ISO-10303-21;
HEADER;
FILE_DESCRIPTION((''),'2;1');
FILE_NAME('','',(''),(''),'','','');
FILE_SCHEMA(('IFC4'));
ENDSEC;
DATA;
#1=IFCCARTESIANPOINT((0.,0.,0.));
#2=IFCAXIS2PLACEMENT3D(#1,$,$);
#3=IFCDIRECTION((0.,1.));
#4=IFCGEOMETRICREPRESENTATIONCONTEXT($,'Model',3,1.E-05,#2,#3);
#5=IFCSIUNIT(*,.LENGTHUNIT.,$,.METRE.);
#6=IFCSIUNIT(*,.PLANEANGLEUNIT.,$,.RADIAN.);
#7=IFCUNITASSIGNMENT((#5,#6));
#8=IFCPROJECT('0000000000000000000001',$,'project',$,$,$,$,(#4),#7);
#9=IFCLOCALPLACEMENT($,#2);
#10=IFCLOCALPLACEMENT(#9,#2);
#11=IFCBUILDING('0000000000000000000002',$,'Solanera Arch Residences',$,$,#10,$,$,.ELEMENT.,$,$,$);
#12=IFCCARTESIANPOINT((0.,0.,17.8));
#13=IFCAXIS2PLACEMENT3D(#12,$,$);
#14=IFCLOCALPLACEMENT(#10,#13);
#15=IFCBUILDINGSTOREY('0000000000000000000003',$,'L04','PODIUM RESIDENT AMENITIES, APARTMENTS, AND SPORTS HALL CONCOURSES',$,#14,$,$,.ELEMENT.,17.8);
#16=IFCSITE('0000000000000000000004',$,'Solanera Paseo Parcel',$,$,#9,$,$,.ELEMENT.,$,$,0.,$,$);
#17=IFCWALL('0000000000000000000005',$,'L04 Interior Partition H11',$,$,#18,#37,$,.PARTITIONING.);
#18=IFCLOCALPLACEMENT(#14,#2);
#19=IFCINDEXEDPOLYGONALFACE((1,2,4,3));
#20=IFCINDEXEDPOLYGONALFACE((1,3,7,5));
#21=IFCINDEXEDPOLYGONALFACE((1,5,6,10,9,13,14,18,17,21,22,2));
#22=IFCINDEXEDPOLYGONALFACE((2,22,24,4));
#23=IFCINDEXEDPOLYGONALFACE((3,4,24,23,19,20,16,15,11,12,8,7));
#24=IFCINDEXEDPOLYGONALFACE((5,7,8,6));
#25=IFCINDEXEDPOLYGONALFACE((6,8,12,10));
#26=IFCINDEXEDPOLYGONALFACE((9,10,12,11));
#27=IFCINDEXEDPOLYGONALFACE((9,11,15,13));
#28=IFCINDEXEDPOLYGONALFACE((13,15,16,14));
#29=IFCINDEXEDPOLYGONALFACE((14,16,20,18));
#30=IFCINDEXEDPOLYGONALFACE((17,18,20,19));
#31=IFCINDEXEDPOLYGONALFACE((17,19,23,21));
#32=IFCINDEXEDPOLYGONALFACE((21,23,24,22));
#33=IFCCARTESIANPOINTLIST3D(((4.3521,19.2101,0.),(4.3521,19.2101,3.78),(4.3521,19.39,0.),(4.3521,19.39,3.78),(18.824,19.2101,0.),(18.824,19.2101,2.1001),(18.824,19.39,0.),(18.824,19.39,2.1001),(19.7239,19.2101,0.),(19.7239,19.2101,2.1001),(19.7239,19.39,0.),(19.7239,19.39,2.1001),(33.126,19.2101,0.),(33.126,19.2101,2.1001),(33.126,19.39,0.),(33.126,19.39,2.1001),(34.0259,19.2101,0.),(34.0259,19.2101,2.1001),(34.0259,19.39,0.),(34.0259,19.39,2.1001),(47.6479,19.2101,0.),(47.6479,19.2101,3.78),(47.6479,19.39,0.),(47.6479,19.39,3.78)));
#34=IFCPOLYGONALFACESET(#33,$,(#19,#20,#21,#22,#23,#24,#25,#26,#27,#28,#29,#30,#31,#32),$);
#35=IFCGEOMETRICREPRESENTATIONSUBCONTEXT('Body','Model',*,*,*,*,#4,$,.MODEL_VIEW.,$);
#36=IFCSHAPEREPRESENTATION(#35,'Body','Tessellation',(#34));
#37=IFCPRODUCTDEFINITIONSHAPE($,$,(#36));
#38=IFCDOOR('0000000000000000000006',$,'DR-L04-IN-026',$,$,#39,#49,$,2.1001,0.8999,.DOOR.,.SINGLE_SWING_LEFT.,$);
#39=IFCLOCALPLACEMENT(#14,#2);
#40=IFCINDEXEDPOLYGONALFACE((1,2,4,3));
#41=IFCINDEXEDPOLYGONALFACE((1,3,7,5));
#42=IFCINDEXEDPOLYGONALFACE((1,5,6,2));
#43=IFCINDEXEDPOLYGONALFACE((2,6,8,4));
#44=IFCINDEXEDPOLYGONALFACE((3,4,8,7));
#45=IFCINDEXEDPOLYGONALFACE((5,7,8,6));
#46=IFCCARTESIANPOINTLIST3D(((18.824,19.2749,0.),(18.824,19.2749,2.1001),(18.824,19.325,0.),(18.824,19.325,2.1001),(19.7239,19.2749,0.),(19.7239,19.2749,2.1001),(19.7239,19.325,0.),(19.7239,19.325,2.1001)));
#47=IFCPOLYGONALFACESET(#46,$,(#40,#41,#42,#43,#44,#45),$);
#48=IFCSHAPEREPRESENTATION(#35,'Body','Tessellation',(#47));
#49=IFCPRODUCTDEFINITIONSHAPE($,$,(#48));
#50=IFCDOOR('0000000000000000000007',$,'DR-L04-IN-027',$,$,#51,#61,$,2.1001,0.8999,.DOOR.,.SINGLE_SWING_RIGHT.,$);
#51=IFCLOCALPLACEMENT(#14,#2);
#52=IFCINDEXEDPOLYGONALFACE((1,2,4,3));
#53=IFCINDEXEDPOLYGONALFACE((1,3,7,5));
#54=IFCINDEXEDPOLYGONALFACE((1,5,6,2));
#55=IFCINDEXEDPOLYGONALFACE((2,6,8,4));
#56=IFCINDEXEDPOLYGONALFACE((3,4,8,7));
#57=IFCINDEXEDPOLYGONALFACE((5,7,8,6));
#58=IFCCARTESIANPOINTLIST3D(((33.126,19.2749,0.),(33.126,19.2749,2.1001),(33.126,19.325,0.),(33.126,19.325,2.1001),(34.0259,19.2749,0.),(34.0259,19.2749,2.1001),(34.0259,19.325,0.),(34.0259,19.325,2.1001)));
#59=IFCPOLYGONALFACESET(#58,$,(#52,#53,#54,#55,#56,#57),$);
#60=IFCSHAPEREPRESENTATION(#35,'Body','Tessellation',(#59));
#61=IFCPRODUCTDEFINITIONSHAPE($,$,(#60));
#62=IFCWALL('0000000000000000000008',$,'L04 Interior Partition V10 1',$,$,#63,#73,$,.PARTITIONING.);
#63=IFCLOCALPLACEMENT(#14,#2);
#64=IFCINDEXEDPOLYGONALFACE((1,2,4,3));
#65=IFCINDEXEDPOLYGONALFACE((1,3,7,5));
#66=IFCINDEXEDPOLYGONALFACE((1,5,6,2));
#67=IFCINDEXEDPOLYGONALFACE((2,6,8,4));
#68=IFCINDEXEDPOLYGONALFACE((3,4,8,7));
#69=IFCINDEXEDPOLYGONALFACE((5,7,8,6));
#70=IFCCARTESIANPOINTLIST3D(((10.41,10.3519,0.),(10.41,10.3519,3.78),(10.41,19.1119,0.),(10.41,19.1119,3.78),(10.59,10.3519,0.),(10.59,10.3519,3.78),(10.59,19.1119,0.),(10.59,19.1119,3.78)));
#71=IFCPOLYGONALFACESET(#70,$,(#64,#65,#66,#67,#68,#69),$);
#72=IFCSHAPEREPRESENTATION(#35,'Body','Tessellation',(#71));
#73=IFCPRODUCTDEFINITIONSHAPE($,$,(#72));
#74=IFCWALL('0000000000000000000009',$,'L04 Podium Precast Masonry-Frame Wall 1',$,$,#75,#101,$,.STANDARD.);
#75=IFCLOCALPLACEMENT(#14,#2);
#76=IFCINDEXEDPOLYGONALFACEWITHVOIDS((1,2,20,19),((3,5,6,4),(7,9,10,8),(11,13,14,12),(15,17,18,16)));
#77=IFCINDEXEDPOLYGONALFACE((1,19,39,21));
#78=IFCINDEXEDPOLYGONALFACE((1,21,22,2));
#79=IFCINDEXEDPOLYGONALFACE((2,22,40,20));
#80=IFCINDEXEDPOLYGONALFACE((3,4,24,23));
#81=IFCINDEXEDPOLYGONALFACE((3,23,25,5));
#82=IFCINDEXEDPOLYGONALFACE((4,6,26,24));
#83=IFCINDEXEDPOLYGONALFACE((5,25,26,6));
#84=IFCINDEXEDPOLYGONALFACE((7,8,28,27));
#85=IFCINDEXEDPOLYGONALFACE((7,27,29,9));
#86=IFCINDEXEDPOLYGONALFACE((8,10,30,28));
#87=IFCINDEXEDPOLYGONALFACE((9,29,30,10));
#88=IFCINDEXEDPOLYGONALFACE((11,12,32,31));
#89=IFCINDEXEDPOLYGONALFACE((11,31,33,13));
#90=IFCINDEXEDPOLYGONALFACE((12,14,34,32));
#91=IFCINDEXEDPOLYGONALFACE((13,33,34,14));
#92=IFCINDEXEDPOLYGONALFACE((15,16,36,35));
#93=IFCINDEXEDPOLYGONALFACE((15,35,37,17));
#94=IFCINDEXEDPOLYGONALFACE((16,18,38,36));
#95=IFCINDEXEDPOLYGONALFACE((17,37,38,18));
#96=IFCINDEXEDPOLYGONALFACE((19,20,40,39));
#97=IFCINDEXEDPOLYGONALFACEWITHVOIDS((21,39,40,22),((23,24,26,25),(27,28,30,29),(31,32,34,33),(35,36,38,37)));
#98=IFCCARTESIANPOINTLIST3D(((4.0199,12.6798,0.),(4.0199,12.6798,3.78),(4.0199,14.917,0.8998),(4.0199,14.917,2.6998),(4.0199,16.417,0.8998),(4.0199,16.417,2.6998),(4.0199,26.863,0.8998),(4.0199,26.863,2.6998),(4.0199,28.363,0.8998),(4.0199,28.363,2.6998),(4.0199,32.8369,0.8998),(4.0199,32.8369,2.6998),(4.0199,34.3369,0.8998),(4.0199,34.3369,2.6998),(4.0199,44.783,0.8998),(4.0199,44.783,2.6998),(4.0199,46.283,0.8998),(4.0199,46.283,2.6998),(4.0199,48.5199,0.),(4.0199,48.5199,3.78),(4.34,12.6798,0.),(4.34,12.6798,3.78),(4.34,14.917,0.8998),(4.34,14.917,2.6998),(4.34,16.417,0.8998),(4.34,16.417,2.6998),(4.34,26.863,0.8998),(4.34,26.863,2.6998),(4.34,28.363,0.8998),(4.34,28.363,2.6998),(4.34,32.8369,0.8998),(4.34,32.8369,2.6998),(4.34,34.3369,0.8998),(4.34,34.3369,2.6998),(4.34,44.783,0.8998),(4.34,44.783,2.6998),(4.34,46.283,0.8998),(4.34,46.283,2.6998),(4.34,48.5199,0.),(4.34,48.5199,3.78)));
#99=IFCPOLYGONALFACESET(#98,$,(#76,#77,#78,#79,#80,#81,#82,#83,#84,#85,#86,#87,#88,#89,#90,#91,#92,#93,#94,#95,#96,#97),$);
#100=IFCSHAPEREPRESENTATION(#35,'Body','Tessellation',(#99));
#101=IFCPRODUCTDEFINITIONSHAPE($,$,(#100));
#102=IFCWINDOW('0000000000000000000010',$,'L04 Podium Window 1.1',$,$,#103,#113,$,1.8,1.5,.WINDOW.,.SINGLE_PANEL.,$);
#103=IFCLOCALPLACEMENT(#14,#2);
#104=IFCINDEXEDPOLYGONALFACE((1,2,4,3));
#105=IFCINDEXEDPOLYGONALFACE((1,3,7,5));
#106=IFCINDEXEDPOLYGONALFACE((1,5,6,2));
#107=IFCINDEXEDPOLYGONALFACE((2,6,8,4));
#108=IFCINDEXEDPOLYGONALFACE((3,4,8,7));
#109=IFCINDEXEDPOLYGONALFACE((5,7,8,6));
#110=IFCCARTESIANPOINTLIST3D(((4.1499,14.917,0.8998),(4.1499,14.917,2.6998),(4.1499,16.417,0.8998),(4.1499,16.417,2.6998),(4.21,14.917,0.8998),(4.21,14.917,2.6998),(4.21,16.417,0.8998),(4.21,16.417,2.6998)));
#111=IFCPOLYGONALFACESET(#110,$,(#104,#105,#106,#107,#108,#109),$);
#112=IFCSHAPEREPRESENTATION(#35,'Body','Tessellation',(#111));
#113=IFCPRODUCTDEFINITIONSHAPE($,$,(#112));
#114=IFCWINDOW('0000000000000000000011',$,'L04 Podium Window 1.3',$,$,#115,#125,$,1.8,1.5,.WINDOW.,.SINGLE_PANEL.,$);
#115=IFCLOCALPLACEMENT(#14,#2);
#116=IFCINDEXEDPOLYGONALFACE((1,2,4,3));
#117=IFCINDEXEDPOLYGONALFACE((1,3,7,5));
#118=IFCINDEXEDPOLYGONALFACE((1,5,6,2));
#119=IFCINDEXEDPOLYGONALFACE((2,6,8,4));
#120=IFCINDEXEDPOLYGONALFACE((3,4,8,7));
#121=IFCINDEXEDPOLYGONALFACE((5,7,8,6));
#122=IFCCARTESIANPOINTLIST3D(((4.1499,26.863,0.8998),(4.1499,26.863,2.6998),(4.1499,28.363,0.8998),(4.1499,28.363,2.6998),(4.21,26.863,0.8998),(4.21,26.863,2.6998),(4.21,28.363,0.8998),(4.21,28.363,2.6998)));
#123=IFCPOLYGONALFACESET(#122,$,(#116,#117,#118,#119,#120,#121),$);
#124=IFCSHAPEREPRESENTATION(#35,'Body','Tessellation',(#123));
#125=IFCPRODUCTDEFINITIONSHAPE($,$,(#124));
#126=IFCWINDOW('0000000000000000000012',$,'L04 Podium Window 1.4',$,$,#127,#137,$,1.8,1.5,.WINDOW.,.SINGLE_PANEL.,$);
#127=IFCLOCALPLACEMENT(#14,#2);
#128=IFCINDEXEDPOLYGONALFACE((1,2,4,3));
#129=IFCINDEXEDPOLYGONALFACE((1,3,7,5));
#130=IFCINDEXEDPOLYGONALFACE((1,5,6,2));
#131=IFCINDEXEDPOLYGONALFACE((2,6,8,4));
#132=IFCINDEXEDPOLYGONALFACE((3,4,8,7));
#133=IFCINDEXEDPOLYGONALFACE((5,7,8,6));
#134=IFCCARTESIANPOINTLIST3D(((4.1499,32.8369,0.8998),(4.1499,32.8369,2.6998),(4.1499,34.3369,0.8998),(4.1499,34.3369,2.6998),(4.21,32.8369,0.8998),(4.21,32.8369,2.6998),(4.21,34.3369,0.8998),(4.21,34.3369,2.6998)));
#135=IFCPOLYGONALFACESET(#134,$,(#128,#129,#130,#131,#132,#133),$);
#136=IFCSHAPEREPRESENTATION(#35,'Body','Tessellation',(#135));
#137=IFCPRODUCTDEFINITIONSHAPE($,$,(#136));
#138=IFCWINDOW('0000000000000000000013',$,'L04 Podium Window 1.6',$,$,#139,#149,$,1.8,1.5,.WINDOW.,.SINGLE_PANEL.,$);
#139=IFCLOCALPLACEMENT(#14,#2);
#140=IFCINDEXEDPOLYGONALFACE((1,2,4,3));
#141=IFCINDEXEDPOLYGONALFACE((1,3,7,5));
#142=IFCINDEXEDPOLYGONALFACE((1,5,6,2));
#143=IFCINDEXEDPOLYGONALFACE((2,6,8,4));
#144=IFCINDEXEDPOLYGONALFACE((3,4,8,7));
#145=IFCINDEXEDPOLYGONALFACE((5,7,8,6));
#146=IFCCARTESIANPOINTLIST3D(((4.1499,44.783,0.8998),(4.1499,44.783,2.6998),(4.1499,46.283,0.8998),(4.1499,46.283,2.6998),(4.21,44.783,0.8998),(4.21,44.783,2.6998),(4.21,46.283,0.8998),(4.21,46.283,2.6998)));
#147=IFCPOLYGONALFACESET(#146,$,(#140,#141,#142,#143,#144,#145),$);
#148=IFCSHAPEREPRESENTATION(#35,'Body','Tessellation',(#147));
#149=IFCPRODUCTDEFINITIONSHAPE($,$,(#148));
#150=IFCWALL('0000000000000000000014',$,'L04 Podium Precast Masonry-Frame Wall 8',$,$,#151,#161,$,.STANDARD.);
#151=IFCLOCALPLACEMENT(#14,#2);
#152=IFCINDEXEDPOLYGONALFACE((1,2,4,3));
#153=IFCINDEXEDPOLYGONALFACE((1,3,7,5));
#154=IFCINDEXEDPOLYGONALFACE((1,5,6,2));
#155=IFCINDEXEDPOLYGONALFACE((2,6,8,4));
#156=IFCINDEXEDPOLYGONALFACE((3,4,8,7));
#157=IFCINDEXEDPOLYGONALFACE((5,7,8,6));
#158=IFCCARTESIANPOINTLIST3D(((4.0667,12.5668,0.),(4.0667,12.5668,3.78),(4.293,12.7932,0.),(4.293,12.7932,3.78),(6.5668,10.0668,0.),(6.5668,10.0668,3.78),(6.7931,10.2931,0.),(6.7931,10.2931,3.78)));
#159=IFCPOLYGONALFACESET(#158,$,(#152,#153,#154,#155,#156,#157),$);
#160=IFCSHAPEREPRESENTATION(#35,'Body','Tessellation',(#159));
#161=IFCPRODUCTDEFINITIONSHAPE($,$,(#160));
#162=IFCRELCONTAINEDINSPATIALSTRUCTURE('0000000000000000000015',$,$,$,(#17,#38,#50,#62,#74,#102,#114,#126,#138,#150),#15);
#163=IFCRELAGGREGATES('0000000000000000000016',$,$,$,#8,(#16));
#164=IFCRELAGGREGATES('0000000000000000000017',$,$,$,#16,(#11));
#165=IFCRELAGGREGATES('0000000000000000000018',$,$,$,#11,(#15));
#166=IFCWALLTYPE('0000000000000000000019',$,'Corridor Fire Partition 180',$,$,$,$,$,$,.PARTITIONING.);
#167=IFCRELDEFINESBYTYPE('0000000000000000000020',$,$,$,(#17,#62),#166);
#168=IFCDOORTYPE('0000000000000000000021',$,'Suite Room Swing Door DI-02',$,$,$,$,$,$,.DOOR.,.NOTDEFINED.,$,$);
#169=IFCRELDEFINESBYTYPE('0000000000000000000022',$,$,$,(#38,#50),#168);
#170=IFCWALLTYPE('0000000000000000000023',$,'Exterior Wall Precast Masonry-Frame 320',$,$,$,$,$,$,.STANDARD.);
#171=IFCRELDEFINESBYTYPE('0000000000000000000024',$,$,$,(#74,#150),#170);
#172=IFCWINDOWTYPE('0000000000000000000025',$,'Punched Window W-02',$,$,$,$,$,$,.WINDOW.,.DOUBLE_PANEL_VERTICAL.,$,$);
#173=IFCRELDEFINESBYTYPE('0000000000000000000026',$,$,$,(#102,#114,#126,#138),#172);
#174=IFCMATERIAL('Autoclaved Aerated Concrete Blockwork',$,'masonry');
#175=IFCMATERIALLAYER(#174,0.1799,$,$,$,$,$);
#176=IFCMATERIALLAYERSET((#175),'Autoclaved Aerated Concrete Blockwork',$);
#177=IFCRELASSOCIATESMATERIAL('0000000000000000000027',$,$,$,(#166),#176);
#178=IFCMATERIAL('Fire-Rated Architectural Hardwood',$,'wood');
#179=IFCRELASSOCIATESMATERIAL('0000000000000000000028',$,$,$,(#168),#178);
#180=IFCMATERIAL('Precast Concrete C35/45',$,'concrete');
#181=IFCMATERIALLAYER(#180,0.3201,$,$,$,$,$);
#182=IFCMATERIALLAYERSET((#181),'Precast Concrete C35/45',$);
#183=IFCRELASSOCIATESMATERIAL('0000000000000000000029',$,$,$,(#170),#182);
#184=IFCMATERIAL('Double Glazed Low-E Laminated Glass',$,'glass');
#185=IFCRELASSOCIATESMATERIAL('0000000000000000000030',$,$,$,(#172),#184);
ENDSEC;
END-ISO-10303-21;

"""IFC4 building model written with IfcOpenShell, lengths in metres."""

from ifc_helpers import new_model, si_unit, direction, frame, frame_2d, origin, place, context, subcontext, project, spatial, rectangle, extrude, material, layer, layer_set, type_object, element, fill, save


model = new_model("IFC4")

# Units and contexts
model_context = context("Model", 3, precision=1e-05, world=origin(), true_north=direction((0.0, 1.0)))
body_context = subcontext(model_context, "Body", "Model", "MODEL_VIEW")
ifc_project = project(units=[si_unit("LENGTHUNIT", "METRE"), si_unit("PLANEANGLEUNIT", "RADIAN")], contexts=[model_context])

# Site, building, storey
site_placement = place(None, origin())
site = spatial("IfcSite", under=ifc_project, at=site_placement, Name="Solanera Paseo Parcel", CompositionType="ELEMENT", RefElevation=0.0)
building_placement = place(site_placement, origin())
building = spatial("IfcBuilding", under=site, at=building_placement, Name="Solanera Arch Residences", CompositionType="ELEMENT")
storey_placement = place(building_placement, frame((0.0, 0.0, 17.8)))
storey = spatial("IfcBuildingStorey", under=building, at=storey_placement, Name="L04", Description="PODIUM RESIDENT AMENITIES, APARTMENTS, AND SPORTS HALL CONCOURSES", CompositionType="ELEMENT", Elevation=17.8)

# Wall, openings, doors
ifc_material_1 = material(Name="Autoclaved Aerated Concrete Blockwork", Category="masonry")
ifc_layer_1 = layer(ifc_material_1, 0.1799)
ifc_layer_set_1 = layer_set([ifc_layer_1], Name="Autoclaved Aerated Concrete Blockwork")
wall_type_1 = type_object("IfcWallType", Name="Corridor Fire Partition 180", PredefinedType="PARTITIONING", material=ifc_layer_set_1)
wall_1_placement = place(storey_placement, frame((4.3521, 19.3, 0.0), z_axis=(0.0, 0.0, 1.0), x_axis=(1.0, 0.0, 0.0)))
wall_1 = element("IfcWall", 1, at=wall_1_placement, inside=storey, type_object=wall_type_1, Name="L04 Interior Partition H11", PredefinedType="PARTITIONING", context=body_context, shape_type="SweptSolid", body=[
    extrude(rectangle(XDim=43.2959, YDim=0.1799, at=frame_2d((21.6479, 0.0))), origin(), (0.0, 0.0, 1.0), 3.78),
])
opening_1_placement = place(wall_1_placement, frame((14.4719, 0.0, 0.0)))
opening_1 = element("IfcOpeningElement", 2, at=opening_1_placement, cuts=wall_1, PredefinedType="OPENING", context=body_context, shape_type="SweptSolid", body=[
    extrude(rectangle(XDim=0.8999, YDim=2.1001, at=frame_2d((0.45, 1.05))), frame((0.0, 0.1001, 0.0), z_axis=(0.0, -1.0, 0.0), x_axis=(1.0, 0.0, 0.0)), (0.0, 0.0, 1.0), 0.1999),
])
opening_2_placement = place(wall_1_placement, frame((28.7739, 0.0, 0.0)))
opening_2 = element("IfcOpeningElement", 3, at=opening_2_placement, cuts=wall_1, PredefinedType="OPENING", context=body_context, shape_type="SweptSolid", body=[
    extrude(rectangle(XDim=0.8999, YDim=2.1001, at=frame_2d((0.45, 1.05))), frame((0.0, 0.1001, 0.0), z_axis=(0.0, -1.0, 0.0), x_axis=(1.0, 0.0, 0.0)), (0.0, 0.0, 1.0), 0.1999),
])
ifc_material_2 = material(Name="Fire-Rated Architectural Hardwood", Category="wood")
door_type = type_object("IfcDoorType", Name="Suite Room Swing Door DI-02", OperationType="NOTDEFINED", PredefinedType="DOOR", material=ifc_material_2)
door_1_placement = place(opening_1_placement, origin())
door_1 = element("IfcDoor", 4, at=door_1_placement, inside=storey, type_object=door_type, Name="DR-L04-IN-026", OperationType="SINGLE_SWING_LEFT", OverallHeight=2.1001, OverallWidth=0.8999, PredefinedType="DOOR", context=body_context, shape_type="SweptSolid", body=[
    extrude(rectangle(XDim=0.8999, YDim=2.1001, at=frame_2d((0.45, 1.05))), frame((0.0, 0.0249, 0.0), z_axis=(0.0, -1.0, 0.0), x_axis=(1.0, 0.0, 0.0)), (0.0, 0.0, 1.0), 0.05),
])
fill(opening_1, door_1)
door_2_placement = place(opening_2_placement, origin())
door_2 = element("IfcDoor", 5, at=door_2_placement, inside=storey, type_object=door_type, Name="DR-L04-IN-027", OperationType="SINGLE_SWING_RIGHT", OverallHeight=2.1001, OverallWidth=0.8999, PredefinedType="DOOR", context=body_context, shape_type="SweptSolid", body=[
    extrude(rectangle(XDim=0.8999, YDim=2.1001, at=frame_2d((0.45, 1.05))), frame((0.0, 0.0249, 0.0), z_axis=(0.0, -1.0, 0.0), x_axis=(1.0, 0.0, 0.0)), (0.0, 0.0, 1.0), 0.05),
])
fill(opening_2, door_2)

# Wall
wall_2_placement = place(storey_placement, frame((10.5, 10.3521, 0.0), z_axis=(0.0, 0.0, 1.0), x_axis=(0.0, 1.0, 0.0)))
element("IfcWall", 6, at=wall_2_placement, inside=storey, type_object=wall_type_1, Name="L04 Interior Partition V10 1", PredefinedType="PARTITIONING", context=body_context, shape_type="SweptSolid", body=[
    extrude(rectangle(XDim=8.76, YDim=0.1799, at=frame_2d((4.3799, 0.0))), origin(), (0.0, 0.0, 1.0), 3.78),
])

# Wall, openings, windows
ifc_material_3 = material(Name="Precast Concrete C35/45", Category="concrete")
ifc_layer_2 = layer(ifc_material_3, 0.3201)
ifc_layer_set_2 = layer_set([ifc_layer_2], Name="Precast Concrete C35/45")
wall_type_2 = type_object("IfcWallType", Name="Exterior Wall Precast Masonry-Frame 320", PredefinedType="STANDARD", material=ifc_layer_set_2)
wall_3_placement = place(storey_placement, frame((4.1799, 12.6799, 0.0), z_axis=(0.0, 0.0, 1.0), x_axis=(0.0, 1.0, 0.0)))
wall_3 = element("IfcWall", 7, at=wall_3_placement, inside=storey, type_object=wall_type_2, Name="L04 Podium Precast Masonry-Frame Wall 1", PredefinedType="STANDARD", context=body_context, shape_type="SweptSolid", body=[
    extrude(rectangle(XDim=35.8401, YDim=0.3201, at=frame_2d((17.9199, 0.0))), origin(), (0.0, 0.0, 1.0), 3.78),
])
opening_3_placement = place(wall_3_placement, frame((2.2371, 0.0, 0.8999)))
opening_3 = element("IfcOpeningElement", 8, at=opening_3_placement, cuts=wall_3, PredefinedType="OPENING", context=body_context, shape_type="SweptSolid", body=[
    extrude(rectangle(XDim=1.5, YDim=1.8, at=frame_2d((0.75, 0.8999))), frame((0.0, 0.1699, 0.0), z_axis=(0.0, -1.0, 0.0), x_axis=(1.0, 0.0, 0.0)), (0.0, 0.0, 1.0), 0.3401),
])
opening_4_placement = place(wall_3_placement, frame((14.1831, 0.0, 0.8999)))
opening_4 = element("IfcOpeningElement", 9, at=opening_4_placement, cuts=wall_3, PredefinedType="OPENING", context=body_context, shape_type="SweptSolid", body=[
    extrude(rectangle(XDim=1.5, YDim=1.8, at=frame_2d((0.75, 0.8999))), frame((0.0, 0.1699, 0.0), z_axis=(0.0, -1.0, 0.0), x_axis=(1.0, 0.0, 0.0)), (0.0, 0.0, 1.0), 0.3401),
])
opening_5_placement = place(wall_3_placement, frame((20.157, 0.0, 0.8999)))
opening_5 = element("IfcOpeningElement", 10, at=opening_5_placement, cuts=wall_3, PredefinedType="OPENING", context=body_context, shape_type="SweptSolid", body=[
    extrude(rectangle(XDim=1.5, YDim=1.8, at=frame_2d((0.75, 0.8999))), frame((0.0, 0.1699, 0.0), z_axis=(0.0, -1.0, 0.0), x_axis=(1.0, 0.0, 0.0)), (0.0, 0.0, 1.0), 0.3401),
])
opening_6_placement = place(wall_3_placement, frame((32.103, 0.0, 0.8999)))
opening_6 = element("IfcOpeningElement", 11, at=opening_6_placement, cuts=wall_3, PredefinedType="OPENING", context=body_context, shape_type="SweptSolid", body=[
    extrude(rectangle(XDim=1.5, YDim=1.8, at=frame_2d((0.75, 0.8999))), frame((0.0, 0.1699, 0.0), z_axis=(0.0, -1.0, 0.0), x_axis=(1.0, 0.0, 0.0)), (0.0, 0.0, 1.0), 0.3401),
])
ifc_material_4 = material(Name="Double Glazed Low-E Laminated Glass", Category="glass")
window_type = type_object("IfcWindowType", Name="Punched Window W-02", PartitioningType="DOUBLE_PANEL_VERTICAL", PredefinedType="WINDOW", material=ifc_material_4)
window_1_placement = place(opening_3_placement, origin())
window_1 = element("IfcWindow", 12, at=window_1_placement, inside=storey, type_object=window_type, Name="L04 Podium Window 1.1", OverallHeight=1.8, OverallWidth=1.5, PartitioningType="SINGLE_PANEL", PredefinedType="WINDOW", context=body_context, shape_type="SweptSolid", body=[
    extrude(rectangle(XDim=1.5, YDim=1.8, at=frame_2d((0.75, 0.8999))), frame((0.0, 0.03, 0.0), z_axis=(0.0, -1.0, 0.0), x_axis=(1.0, 0.0, 0.0)), (0.0, 0.0, 1.0), 0.0601),
])
fill(opening_3, window_1)
window_2_placement = place(opening_4_placement, origin())
window_2 = element("IfcWindow", 13, at=window_2_placement, inside=storey, type_object=window_type, Name="L04 Podium Window 1.3", OverallHeight=1.8, OverallWidth=1.5, PartitioningType="SINGLE_PANEL", PredefinedType="WINDOW", context=body_context, shape_type="SweptSolid", body=[
    extrude(rectangle(XDim=1.5, YDim=1.8, at=frame_2d((0.75, 0.8999))), frame((0.0, 0.03, 0.0), z_axis=(0.0, -1.0, 0.0), x_axis=(1.0, 0.0, 0.0)), (0.0, 0.0, 1.0), 0.0601),
])
fill(opening_4, window_2)
window_3_placement = place(opening_5_placement, origin())
window_3 = element("IfcWindow", 14, at=window_3_placement, inside=storey, type_object=window_type, Name="L04 Podium Window 1.4", OverallHeight=1.8, OverallWidth=1.5, PartitioningType="SINGLE_PANEL", PredefinedType="WINDOW", context=body_context, shape_type="SweptSolid", body=[
    extrude(rectangle(XDim=1.5, YDim=1.8, at=frame_2d((0.75, 0.8999))), frame((0.0, 0.03, 0.0), z_axis=(0.0, -1.0, 0.0), x_axis=(1.0, 0.0, 0.0)), (0.0, 0.0, 1.0), 0.0601),
])
fill(opening_5, window_3)
window_4_placement = place(opening_6_placement, origin())
window_4 = element("IfcWindow", 15, at=window_4_placement, inside=storey, type_object=window_type, Name="L04 Podium Window 1.6", OverallHeight=1.8, OverallWidth=1.5, PartitioningType="SINGLE_PANEL", PredefinedType="WINDOW", context=body_context, shape_type="SweptSolid", body=[
    extrude(rectangle(XDim=1.5, YDim=1.8, at=frame_2d((0.75, 0.8999))), frame((0.0, 0.03, 0.0), z_axis=(0.0, -1.0, 0.0), x_axis=(1.0, 0.0, 0.0)), (0.0, 0.0, 1.0), 0.0601),
])
fill(opening_6, window_4)

# Wall
wall_4_placement = place(storey_placement, frame((6.6799, 10.1799, 0.0), z_axis=(0.0, 0.0, 1.0), x_axis=(-0.707107, 0.707107, 0.0)))
element("IfcWall", 16, at=wall_4_placement, inside=storey, type_object=wall_type_2, Name="L04 Podium Precast Masonry-Frame Wall 8", PredefinedType="STANDARD", context=body_context, shape_type="SweptSolid", body=[
    extrude(rectangle(XDim=3.5356, YDim=0.3201, at=frame_2d((1.7678, 0.0))), origin(), (0.0, 0.0, 1.0), 3.78),
])

save(model, "model.ifc")
